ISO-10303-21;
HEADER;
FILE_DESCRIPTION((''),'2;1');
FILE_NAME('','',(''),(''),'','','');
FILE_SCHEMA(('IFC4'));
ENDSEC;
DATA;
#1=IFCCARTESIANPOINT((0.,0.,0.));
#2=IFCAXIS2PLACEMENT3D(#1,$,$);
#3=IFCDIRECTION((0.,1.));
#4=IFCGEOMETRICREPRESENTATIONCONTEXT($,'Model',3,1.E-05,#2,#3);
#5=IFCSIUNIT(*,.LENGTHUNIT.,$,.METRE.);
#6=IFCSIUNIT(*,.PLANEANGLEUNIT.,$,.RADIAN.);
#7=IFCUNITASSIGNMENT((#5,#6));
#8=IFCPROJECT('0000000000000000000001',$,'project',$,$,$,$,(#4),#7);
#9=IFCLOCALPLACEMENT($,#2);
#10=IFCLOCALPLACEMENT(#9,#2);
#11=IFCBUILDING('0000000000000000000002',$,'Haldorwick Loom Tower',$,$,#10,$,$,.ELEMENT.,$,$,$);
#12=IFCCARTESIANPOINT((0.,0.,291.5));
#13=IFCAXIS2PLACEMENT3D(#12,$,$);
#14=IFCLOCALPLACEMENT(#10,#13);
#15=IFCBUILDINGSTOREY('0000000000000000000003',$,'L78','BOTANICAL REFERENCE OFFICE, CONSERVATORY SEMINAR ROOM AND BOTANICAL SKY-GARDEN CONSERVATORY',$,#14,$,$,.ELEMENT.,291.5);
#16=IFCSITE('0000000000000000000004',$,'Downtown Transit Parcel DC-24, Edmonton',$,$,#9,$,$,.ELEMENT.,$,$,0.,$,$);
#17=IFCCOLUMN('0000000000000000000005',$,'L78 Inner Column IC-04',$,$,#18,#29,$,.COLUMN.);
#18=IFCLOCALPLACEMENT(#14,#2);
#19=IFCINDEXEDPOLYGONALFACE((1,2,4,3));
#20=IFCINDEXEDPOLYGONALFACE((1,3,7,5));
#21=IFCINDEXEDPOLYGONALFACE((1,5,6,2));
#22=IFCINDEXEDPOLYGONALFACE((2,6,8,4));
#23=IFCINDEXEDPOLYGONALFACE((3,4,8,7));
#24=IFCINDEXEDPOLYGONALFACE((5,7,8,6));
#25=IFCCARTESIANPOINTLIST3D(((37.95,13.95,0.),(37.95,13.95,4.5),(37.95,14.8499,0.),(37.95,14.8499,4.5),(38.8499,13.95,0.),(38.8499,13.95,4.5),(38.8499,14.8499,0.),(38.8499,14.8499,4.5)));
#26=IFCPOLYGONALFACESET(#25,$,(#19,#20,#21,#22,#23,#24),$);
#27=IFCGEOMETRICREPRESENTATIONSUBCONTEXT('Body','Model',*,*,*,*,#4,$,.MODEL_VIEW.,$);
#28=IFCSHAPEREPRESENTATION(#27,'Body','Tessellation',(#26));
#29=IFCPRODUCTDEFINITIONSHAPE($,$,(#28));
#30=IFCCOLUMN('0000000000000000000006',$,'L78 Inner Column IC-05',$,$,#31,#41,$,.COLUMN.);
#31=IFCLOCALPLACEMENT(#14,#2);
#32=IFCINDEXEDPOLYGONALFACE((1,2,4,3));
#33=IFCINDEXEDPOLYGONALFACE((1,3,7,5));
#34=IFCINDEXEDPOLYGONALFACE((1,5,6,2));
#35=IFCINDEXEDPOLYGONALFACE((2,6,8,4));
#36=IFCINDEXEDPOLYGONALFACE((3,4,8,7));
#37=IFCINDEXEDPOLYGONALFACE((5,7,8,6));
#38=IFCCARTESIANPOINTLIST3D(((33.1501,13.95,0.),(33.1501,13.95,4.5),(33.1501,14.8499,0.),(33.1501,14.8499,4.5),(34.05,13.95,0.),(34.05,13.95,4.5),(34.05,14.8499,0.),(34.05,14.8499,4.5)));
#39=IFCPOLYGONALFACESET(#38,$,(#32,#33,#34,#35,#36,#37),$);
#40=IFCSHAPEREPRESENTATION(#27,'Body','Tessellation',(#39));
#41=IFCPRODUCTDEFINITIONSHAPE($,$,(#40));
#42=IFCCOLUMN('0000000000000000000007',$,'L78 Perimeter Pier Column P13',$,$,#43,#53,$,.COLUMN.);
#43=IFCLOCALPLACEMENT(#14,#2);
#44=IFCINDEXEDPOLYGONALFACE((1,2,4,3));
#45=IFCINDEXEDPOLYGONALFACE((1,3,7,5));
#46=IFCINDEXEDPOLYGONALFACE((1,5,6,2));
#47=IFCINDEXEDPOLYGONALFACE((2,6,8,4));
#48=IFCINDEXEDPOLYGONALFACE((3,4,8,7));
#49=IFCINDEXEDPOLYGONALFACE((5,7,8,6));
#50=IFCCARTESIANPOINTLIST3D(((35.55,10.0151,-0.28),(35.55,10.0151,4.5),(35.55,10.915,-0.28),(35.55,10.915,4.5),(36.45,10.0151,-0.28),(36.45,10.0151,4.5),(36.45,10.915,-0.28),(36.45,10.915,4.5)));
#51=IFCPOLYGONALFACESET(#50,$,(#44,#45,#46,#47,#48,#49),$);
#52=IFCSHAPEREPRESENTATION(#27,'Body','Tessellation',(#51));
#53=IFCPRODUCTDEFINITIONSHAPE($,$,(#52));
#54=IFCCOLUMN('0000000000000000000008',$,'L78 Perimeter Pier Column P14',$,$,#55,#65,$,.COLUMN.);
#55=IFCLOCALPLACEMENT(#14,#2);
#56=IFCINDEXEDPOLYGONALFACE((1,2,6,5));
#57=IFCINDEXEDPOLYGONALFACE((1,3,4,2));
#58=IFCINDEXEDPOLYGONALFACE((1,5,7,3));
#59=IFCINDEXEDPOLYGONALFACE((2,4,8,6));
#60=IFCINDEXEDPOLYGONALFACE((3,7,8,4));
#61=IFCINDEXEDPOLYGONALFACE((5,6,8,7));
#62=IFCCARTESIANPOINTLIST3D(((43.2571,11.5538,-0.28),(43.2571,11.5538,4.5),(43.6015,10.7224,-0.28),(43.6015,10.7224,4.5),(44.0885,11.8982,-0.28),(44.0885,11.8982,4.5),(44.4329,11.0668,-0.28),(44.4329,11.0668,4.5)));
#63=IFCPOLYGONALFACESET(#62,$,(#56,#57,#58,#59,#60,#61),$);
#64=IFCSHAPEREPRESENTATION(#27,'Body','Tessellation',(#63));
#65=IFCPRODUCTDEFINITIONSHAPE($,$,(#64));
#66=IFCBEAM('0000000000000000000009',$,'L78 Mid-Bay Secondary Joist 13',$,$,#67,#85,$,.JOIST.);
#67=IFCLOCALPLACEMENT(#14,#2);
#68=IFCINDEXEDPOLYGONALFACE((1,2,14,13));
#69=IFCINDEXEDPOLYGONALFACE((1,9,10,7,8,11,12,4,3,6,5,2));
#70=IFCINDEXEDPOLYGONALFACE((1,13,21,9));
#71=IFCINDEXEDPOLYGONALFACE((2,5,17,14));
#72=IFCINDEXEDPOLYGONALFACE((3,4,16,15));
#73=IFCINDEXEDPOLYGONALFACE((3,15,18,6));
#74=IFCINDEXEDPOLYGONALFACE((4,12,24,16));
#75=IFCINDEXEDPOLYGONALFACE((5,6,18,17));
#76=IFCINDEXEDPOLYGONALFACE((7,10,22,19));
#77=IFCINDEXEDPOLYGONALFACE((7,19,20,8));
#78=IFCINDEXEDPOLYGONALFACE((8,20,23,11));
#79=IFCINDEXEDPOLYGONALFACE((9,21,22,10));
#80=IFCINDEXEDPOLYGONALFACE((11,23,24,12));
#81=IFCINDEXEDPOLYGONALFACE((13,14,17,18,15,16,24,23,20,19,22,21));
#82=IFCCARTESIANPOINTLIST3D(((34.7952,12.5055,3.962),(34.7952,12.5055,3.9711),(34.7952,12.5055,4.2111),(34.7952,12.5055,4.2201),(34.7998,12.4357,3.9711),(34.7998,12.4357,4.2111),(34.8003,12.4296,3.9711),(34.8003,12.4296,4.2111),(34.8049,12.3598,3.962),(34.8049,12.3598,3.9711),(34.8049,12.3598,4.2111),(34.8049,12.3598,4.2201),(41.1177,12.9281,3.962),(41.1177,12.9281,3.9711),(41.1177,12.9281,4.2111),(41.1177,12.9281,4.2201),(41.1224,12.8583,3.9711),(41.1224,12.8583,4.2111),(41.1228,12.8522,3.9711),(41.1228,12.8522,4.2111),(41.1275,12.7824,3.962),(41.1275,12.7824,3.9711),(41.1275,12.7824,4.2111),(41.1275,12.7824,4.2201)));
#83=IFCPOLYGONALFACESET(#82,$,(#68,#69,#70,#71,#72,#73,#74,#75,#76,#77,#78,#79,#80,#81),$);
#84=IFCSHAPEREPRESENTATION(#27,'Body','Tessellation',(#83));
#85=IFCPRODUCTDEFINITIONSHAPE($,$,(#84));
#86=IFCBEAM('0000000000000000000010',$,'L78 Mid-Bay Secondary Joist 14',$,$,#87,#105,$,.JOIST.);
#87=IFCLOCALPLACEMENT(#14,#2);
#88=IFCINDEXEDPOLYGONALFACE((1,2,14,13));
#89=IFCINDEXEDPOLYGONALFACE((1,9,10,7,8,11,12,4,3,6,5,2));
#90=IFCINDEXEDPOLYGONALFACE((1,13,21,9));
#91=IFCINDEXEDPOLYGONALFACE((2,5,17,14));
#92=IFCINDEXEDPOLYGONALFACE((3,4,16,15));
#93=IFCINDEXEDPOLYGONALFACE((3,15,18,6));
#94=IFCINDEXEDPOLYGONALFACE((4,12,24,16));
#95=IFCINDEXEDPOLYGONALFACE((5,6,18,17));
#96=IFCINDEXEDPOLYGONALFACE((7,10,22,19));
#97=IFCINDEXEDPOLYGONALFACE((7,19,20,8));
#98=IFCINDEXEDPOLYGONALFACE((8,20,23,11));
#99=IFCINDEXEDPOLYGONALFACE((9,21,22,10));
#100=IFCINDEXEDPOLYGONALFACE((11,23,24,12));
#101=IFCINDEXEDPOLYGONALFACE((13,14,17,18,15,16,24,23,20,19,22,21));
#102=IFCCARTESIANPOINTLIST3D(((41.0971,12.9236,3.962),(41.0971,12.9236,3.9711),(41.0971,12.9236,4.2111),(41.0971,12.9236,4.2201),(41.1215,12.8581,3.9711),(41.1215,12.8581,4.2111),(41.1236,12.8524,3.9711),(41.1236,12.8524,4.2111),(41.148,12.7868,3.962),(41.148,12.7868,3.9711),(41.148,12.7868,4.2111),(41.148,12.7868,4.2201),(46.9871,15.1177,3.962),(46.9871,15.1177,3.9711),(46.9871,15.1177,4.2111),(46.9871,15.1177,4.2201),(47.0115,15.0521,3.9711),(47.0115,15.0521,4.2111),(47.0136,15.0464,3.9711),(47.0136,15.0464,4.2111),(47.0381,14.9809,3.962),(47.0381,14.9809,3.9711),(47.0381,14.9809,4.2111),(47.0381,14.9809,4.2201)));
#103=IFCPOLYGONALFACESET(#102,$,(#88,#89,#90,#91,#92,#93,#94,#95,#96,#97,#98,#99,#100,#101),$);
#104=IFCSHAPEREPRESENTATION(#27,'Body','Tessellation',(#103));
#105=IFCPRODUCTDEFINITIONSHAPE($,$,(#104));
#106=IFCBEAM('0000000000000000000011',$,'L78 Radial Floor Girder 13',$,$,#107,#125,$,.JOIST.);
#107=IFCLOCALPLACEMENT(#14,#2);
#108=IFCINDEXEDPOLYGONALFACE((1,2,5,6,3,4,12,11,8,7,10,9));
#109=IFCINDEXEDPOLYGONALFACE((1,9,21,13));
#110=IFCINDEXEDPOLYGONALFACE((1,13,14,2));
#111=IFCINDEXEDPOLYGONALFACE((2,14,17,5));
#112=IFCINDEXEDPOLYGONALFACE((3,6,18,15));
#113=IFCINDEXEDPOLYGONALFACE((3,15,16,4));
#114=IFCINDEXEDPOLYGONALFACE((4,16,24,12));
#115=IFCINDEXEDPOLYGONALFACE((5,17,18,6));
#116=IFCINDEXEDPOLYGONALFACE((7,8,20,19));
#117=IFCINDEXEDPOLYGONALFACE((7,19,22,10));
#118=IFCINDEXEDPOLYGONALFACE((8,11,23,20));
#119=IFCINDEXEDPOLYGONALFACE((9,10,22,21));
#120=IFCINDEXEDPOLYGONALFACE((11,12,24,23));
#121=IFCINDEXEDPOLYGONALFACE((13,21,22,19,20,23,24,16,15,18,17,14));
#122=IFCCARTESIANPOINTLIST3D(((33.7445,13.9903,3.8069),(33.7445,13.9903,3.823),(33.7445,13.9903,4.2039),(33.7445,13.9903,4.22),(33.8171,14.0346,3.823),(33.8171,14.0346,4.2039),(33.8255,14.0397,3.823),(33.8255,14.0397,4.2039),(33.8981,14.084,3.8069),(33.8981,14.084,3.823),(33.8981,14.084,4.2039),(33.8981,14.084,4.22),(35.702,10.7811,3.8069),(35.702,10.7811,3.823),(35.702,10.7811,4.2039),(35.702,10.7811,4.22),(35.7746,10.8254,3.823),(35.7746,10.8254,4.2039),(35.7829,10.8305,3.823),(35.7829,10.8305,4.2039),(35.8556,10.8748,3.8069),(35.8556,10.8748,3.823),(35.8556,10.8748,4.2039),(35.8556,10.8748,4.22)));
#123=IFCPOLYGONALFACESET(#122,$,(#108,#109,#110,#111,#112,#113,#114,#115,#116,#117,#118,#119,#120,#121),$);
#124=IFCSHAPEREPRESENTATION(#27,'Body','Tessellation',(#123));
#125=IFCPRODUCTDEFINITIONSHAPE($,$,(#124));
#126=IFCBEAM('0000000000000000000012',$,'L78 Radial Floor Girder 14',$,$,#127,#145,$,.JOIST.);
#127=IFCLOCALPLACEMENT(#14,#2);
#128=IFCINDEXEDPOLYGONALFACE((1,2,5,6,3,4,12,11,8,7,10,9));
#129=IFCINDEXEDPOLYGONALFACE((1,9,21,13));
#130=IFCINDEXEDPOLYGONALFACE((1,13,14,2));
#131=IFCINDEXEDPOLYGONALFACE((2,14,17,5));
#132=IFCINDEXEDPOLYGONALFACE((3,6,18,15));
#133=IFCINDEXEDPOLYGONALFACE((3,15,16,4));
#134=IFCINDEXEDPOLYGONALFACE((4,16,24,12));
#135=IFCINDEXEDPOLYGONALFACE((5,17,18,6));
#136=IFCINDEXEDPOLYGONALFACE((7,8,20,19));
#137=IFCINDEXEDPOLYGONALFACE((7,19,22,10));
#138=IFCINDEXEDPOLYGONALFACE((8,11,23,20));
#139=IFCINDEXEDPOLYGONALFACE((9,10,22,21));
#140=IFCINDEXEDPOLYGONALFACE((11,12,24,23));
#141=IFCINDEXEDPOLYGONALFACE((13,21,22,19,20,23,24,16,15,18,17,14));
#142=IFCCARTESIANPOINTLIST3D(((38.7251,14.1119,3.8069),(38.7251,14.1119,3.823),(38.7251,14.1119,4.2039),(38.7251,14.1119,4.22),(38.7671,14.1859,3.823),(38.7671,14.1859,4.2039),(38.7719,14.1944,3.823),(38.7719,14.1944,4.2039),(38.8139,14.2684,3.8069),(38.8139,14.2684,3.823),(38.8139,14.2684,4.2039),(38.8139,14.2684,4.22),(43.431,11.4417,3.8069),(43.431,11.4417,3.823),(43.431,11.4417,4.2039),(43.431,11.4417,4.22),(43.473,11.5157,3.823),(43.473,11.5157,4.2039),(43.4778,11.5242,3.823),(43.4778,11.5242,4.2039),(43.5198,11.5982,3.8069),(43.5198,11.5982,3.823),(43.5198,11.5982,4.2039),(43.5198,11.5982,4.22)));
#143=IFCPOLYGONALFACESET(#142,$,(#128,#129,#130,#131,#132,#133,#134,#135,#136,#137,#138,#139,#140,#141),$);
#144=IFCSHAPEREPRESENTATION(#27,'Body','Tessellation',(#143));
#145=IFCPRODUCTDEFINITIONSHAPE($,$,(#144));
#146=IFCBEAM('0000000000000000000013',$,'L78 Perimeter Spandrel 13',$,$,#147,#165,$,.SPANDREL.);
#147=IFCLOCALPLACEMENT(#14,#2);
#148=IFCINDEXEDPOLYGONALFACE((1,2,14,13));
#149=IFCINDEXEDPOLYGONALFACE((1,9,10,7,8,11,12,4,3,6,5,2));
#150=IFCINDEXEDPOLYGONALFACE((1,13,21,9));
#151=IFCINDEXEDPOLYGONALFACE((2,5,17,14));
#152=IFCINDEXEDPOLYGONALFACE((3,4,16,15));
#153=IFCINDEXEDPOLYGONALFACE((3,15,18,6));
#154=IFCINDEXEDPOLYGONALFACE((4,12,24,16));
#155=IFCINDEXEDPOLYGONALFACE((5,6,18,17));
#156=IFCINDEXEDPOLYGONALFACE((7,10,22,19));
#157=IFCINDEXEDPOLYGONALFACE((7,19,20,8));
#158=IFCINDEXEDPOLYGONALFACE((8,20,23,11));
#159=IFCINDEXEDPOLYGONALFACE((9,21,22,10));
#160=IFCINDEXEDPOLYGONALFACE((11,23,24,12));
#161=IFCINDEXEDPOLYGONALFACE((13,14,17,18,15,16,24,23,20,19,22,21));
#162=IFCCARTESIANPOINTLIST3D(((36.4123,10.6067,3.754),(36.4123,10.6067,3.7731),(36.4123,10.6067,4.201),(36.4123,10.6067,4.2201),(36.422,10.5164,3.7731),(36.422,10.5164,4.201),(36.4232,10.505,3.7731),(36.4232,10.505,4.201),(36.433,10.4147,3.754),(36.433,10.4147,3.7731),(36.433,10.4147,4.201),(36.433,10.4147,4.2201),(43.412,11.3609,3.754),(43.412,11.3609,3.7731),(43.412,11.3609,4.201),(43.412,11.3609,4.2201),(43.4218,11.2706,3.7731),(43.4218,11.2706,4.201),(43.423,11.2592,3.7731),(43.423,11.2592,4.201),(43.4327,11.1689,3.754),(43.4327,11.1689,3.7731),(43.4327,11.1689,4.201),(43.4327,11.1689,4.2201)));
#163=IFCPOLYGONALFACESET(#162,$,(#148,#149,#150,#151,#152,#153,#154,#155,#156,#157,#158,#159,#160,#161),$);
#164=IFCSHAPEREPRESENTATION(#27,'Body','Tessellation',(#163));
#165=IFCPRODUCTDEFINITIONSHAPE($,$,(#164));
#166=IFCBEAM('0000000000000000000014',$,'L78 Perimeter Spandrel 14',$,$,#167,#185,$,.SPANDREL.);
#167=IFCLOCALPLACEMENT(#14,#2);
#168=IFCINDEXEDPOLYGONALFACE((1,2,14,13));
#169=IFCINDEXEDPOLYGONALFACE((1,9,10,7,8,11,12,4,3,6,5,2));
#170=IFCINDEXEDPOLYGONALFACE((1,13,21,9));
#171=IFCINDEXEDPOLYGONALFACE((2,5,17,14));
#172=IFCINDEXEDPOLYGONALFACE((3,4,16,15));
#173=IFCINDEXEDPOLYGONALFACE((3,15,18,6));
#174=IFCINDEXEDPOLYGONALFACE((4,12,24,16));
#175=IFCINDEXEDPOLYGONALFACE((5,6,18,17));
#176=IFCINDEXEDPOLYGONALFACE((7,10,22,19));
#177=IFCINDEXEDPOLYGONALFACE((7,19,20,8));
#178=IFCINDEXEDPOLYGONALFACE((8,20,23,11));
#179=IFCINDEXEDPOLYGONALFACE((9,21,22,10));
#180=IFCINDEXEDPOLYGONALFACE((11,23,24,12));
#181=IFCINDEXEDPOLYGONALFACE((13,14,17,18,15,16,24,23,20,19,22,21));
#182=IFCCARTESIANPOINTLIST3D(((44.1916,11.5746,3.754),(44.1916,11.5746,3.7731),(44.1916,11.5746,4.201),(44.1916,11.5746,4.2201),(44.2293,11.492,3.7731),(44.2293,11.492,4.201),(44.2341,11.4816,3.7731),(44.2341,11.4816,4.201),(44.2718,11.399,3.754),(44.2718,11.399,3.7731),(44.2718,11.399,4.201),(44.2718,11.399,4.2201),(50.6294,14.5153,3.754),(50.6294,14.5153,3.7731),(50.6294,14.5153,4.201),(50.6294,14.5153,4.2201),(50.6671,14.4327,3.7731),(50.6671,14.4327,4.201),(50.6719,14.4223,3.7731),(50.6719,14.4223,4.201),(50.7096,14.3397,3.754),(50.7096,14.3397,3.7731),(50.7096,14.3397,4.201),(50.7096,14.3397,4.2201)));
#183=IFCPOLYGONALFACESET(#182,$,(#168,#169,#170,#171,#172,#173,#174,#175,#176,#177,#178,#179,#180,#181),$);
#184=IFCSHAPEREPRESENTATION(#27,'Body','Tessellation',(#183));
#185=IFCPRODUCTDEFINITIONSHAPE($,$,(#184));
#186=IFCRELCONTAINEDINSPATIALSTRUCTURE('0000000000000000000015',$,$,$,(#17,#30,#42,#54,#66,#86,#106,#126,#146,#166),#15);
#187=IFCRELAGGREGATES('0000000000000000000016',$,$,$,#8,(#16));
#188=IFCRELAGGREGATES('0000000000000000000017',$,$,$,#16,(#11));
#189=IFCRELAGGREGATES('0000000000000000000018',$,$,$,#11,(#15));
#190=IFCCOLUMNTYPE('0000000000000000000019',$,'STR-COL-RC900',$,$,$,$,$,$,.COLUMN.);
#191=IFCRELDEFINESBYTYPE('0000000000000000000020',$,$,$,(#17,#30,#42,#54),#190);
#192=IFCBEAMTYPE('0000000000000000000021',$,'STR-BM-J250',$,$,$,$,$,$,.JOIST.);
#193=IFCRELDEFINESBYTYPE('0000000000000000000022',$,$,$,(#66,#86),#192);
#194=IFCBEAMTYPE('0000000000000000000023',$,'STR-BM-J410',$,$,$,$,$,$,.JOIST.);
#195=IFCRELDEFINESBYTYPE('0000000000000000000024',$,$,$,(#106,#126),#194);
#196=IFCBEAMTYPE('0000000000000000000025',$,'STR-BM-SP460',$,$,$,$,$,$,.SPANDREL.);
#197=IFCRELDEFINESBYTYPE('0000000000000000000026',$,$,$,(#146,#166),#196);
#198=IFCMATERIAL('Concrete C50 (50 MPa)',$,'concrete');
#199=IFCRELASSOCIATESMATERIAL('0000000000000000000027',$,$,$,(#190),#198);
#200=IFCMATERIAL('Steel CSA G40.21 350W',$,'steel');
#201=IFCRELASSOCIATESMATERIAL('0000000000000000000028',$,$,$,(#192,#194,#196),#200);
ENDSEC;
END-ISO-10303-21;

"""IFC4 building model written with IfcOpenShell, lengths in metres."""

from ifc_helpers import new_model, si_unit, direction, frame, origin, origin_2d, place, context, subcontext, project, spatial, rectangle, i_section, extrude, material, material_profile, profile_set, type_object, element, save


model = new_model("IFC4")

# Units and contexts
model_context = context("Model", 3, precision=1e-05, world=origin(), true_north=direction((0.0, 1.0)))
body_context = subcontext(model_context, "Body", "Model", "MODEL_VIEW")
ifc_project = project(units=[si_unit("LENGTHUNIT", "METRE"), si_unit("PLANEANGLEUNIT", "RADIAN")], contexts=[model_context])

# Site, building, storey
site_placement = place(None, origin())
site = spatial("IfcSite", under=ifc_project, at=site_placement, Name="Downtown Transit Parcel DC-24, Edmonton", CompositionType="ELEMENT", RefElevation=0.0)
building_placement = place(site_placement, origin())
building = spatial("IfcBuilding", under=site, at=building_placement, Name="Haldorwick Loom Tower", CompositionType="ELEMENT")
storey_placement = place(building_placement, frame((0.0, 0.0, 291.5)))
storey = spatial("IfcBuildingStorey", under=building, at=storey_placement, Name="L78", Description="BOTANICAL REFERENCE OFFICE, CONSERVATORY SEMINAR ROOM AND BOTANICAL SKY-GARDEN CONSERVATORY", CompositionType="ELEMENT", Elevation=291.5)

# Columns
ifc_material_1 = material(Name="Concrete C50 (50 MPa)", Category="concrete")
ifc_material_profile_1 = material_profile(ifc_material_1, rectangle(XDim=0.8999, YDim=0.8999, at=origin_2d()), Name="RC900X900", Category="concrete")
ifc_profile_set_1 = profile_set([ifc_material_profile_1], Name="Concrete C50 (50 MPa)")
column_type = type_object("IfcColumnType", Name="STR-COL-RC900", PredefinedType="COLUMN", material=ifc_profile_set_1)
for number, where, z_axis, x_axis, name in (
    (1, (38.3999, 14.3999, 0.0), (0.0, 0.0, 1.0), (1.0, 0.0, 0.0), "L78 Inner Column IC-04"),
    (2, (33.6001, 14.3999, 0.0), (0.0, 0.0, 1.0), (1.0, 0.0, 0.0), "L78 Inner Column IC-05"),
):
    element("IfcColumn", number, at=place(storey_placement, frame(where, z_axis=z_axis, x_axis=x_axis)), inside=storey, type_object=column_type, Name=name, PredefinedType="COLUMN", context=body_context, shape_type="SweptSolid", body=[
        extrude(rectangle(XDim=0.8999, YDim=0.8999, at=origin_2d()), origin(), (0.0, 0.0, 1.0), 4.5),
    ])
for number, where, z_axis, x_axis, name in (
    (3, (36.0, 10.4651, -0.28), (0.0, 0.0, 1.0), (0.0, -1.0, 0.0), "L78 Perimeter Pier Column P13"),
    (4, (43.845, 11.3103, -0.28), (0.0, 0.0, 1.0), (0.382683, -0.92388, 0.0), "L78 Perimeter Pier Column P14"),
):
    element("IfcColumn", number, at=place(storey_placement, frame(where, z_axis=z_axis, x_axis=x_axis)), inside=storey, type_object=column_type, Name=name, PredefinedType="COLUMN", context=body_context, shape_type="SweptSolid", body=[
        extrude(rectangle(XDim=0.8999, YDim=0.8999, at=origin_2d()), origin(), (0.0, 0.0, 1.0), 4.78),
    ])

# Beams
ifc_material_2 = material(Name="Steel CSA G40.21 350W", Category="steel")
ifc_material_profile_2 = material_profile(ifc_material_2, i_section(OverallWidth=0.146, OverallDepth=0.2581, WebThickness=0.0061, FlangeThickness=0.009, at=origin_2d()), Name="W250X33", Category="steel")
ifc_profile_set_2 = profile_set([ifc_material_profile_2], Name="Steel CSA G40.21 350W")
beam_type_1 = type_object("IfcBeamType", Name="STR-BM-J250", PredefinedType="JOIST", material=ifc_profile_set_2)
beam_1_placement = place(storey_placement, frame((34.8, 12.4326, 4.0911), z_axis=(0.997774, 0.066693, 0.0), x_axis=(-0.066693, 0.997774, 0.0)))
element("IfcBeam", 5, at=beam_1_placement, inside=storey, type_object=beam_type_1, Name="L78 Mid-Bay Secondary Joist 13", PredefinedType="JOIST", context=body_context, shape_type="SweptSolid", body=[
    extrude(i_section(OverallWidth=0.146, OverallDepth=0.2581, WebThickness=0.0061, FlangeThickness=0.009, at=origin_2d()), origin(), (0.0, 0.0, 1.0), 6.3367),
])
beam_2_placement = place(storey_placement, frame((41.1226, 12.8552, 4.0911), z_axis=(0.937096, 0.349071, 0.0), x_axis=(-0.349071, 0.937096, 0.0)))
element("IfcBeam", 6, at=beam_2_placement, inside=storey, type_object=beam_type_1, Name="L78 Mid-Bay Secondary Joist 14", PredefinedType="JOIST", context=body_context, shape_type="SweptSolid", body=[
    extrude(i_section(OverallWidth=0.146, OverallDepth=0.2581, WebThickness=0.0061, FlangeThickness=0.009, at=origin_2d()), origin(), (0.0, 0.0, 1.0), 6.2854),
])
ifc_material_profile_3 = material_profile(ifc_material_2, i_section(OverallWidth=0.1799, OverallDepth=0.4131, WebThickness=0.0098, FlangeThickness=0.0161, at=origin_2d()), Name="W410X74", Category="steel")
ifc_profile_set_3 = profile_set([ifc_material_profile_3], Name="Steel CSA G40.21 350W")
beam_type_2 = type_object("IfcBeamType", Name="STR-BM-J410", PredefinedType="JOIST", material=ifc_profile_set_3)
beam_3_placement = place(storey_placement, frame((33.8213, 14.0371, 4.0134), z_axis=(0.520738, -0.853717, 0.0), x_axis=(0.853717, 0.520738, 0.0)))
element("IfcBeam", 7, at=beam_3_placement, inside=storey, type_object=beam_type_2, Name="L78 Radial Floor Girder 13", PredefinedType="JOIST", context=body_context, shape_type="SweptSolid", body=[
    extrude(i_section(OverallWidth=0.1799, OverallDepth=0.4131, WebThickness=0.0098, FlangeThickness=0.0161, at=origin_2d()), origin(), (0.0, 0.0, 1.0), 3.759),
])
beam_4_placement = place(storey_placement, frame((38.7695, 14.1902, 4.0134), z_axis=(0.869741, -0.493508, 0.0), x_axis=(0.493508, 0.869741, 0.0)))
element("IfcBeam", 8, at=beam_4_placement, inside=storey, type_object=beam_type_2, Name="L78 Radial Floor Girder 14", PredefinedType="JOIST", context=body_context, shape_type="SweptSolid", body=[
    extrude(i_section(OverallWidth=0.1799, OverallDepth=0.4131, WebThickness=0.0098, FlangeThickness=0.0161, at=origin_2d()), origin(), (0.0, 0.0, 1.0), 5.4106),
])
ifc_material_profile_4 = material_profile(ifc_material_2, i_section(OverallWidth=0.1931, OverallDepth=0.4661, WebThickness=0.0115, FlangeThickness=0.019, at=origin_2d()), Name="W460X97", Category="steel")
ifc_profile_set_4 = profile_set([ifc_material_profile_4], Name="Steel CSA G40.21 350W")
beam_type_3 = type_object("IfcBeamType", Name="STR-BM-SP460", PredefinedType="SPANDREL", material=ifc_profile_set_4)
beam_5_placement = place(storey_placement, frame((36.4226, 10.5107, 3.9871), z_axis=(0.994246, 0.10712, 0.0), x_axis=(-0.10712, 0.994246, 0.0)))
element("IfcBeam", 9, at=beam_5_placement, inside=storey, type_object=beam_type_3, Name="L78 Perimeter Spandrel 13", PredefinedType="SPANDREL", context=body_context, shape_type="SweptSolid", body=[
    extrude(i_section(OverallWidth=0.1931, OverallDepth=0.4661, WebThickness=0.0115, FlangeThickness=0.019, at=origin_2d()), origin(), (0.0, 0.0, 1.0), 7.0403),
])
beam_6_placement = place(storey_placement, frame((44.2317, 11.4868, 3.9871), z_axis=(0.909597, 0.415492, 0.0), x_axis=(-0.415492, 0.909597, 0.0)))
element("IfcBeam", 10, at=beam_6_placement, inside=storey, type_object=beam_type_3, Name="L78 Perimeter Spandrel 14", PredefinedType="SPANDREL", context=body_context, shape_type="SweptSolid", body=[
    extrude(i_section(OverallWidth=0.1931, OverallDepth=0.4661, WebThickness=0.0115, FlangeThickness=0.019, at=origin_2d()), origin(), (0.0, 0.0, 1.0), 7.0776),
])

save(model, "model.ifc")
